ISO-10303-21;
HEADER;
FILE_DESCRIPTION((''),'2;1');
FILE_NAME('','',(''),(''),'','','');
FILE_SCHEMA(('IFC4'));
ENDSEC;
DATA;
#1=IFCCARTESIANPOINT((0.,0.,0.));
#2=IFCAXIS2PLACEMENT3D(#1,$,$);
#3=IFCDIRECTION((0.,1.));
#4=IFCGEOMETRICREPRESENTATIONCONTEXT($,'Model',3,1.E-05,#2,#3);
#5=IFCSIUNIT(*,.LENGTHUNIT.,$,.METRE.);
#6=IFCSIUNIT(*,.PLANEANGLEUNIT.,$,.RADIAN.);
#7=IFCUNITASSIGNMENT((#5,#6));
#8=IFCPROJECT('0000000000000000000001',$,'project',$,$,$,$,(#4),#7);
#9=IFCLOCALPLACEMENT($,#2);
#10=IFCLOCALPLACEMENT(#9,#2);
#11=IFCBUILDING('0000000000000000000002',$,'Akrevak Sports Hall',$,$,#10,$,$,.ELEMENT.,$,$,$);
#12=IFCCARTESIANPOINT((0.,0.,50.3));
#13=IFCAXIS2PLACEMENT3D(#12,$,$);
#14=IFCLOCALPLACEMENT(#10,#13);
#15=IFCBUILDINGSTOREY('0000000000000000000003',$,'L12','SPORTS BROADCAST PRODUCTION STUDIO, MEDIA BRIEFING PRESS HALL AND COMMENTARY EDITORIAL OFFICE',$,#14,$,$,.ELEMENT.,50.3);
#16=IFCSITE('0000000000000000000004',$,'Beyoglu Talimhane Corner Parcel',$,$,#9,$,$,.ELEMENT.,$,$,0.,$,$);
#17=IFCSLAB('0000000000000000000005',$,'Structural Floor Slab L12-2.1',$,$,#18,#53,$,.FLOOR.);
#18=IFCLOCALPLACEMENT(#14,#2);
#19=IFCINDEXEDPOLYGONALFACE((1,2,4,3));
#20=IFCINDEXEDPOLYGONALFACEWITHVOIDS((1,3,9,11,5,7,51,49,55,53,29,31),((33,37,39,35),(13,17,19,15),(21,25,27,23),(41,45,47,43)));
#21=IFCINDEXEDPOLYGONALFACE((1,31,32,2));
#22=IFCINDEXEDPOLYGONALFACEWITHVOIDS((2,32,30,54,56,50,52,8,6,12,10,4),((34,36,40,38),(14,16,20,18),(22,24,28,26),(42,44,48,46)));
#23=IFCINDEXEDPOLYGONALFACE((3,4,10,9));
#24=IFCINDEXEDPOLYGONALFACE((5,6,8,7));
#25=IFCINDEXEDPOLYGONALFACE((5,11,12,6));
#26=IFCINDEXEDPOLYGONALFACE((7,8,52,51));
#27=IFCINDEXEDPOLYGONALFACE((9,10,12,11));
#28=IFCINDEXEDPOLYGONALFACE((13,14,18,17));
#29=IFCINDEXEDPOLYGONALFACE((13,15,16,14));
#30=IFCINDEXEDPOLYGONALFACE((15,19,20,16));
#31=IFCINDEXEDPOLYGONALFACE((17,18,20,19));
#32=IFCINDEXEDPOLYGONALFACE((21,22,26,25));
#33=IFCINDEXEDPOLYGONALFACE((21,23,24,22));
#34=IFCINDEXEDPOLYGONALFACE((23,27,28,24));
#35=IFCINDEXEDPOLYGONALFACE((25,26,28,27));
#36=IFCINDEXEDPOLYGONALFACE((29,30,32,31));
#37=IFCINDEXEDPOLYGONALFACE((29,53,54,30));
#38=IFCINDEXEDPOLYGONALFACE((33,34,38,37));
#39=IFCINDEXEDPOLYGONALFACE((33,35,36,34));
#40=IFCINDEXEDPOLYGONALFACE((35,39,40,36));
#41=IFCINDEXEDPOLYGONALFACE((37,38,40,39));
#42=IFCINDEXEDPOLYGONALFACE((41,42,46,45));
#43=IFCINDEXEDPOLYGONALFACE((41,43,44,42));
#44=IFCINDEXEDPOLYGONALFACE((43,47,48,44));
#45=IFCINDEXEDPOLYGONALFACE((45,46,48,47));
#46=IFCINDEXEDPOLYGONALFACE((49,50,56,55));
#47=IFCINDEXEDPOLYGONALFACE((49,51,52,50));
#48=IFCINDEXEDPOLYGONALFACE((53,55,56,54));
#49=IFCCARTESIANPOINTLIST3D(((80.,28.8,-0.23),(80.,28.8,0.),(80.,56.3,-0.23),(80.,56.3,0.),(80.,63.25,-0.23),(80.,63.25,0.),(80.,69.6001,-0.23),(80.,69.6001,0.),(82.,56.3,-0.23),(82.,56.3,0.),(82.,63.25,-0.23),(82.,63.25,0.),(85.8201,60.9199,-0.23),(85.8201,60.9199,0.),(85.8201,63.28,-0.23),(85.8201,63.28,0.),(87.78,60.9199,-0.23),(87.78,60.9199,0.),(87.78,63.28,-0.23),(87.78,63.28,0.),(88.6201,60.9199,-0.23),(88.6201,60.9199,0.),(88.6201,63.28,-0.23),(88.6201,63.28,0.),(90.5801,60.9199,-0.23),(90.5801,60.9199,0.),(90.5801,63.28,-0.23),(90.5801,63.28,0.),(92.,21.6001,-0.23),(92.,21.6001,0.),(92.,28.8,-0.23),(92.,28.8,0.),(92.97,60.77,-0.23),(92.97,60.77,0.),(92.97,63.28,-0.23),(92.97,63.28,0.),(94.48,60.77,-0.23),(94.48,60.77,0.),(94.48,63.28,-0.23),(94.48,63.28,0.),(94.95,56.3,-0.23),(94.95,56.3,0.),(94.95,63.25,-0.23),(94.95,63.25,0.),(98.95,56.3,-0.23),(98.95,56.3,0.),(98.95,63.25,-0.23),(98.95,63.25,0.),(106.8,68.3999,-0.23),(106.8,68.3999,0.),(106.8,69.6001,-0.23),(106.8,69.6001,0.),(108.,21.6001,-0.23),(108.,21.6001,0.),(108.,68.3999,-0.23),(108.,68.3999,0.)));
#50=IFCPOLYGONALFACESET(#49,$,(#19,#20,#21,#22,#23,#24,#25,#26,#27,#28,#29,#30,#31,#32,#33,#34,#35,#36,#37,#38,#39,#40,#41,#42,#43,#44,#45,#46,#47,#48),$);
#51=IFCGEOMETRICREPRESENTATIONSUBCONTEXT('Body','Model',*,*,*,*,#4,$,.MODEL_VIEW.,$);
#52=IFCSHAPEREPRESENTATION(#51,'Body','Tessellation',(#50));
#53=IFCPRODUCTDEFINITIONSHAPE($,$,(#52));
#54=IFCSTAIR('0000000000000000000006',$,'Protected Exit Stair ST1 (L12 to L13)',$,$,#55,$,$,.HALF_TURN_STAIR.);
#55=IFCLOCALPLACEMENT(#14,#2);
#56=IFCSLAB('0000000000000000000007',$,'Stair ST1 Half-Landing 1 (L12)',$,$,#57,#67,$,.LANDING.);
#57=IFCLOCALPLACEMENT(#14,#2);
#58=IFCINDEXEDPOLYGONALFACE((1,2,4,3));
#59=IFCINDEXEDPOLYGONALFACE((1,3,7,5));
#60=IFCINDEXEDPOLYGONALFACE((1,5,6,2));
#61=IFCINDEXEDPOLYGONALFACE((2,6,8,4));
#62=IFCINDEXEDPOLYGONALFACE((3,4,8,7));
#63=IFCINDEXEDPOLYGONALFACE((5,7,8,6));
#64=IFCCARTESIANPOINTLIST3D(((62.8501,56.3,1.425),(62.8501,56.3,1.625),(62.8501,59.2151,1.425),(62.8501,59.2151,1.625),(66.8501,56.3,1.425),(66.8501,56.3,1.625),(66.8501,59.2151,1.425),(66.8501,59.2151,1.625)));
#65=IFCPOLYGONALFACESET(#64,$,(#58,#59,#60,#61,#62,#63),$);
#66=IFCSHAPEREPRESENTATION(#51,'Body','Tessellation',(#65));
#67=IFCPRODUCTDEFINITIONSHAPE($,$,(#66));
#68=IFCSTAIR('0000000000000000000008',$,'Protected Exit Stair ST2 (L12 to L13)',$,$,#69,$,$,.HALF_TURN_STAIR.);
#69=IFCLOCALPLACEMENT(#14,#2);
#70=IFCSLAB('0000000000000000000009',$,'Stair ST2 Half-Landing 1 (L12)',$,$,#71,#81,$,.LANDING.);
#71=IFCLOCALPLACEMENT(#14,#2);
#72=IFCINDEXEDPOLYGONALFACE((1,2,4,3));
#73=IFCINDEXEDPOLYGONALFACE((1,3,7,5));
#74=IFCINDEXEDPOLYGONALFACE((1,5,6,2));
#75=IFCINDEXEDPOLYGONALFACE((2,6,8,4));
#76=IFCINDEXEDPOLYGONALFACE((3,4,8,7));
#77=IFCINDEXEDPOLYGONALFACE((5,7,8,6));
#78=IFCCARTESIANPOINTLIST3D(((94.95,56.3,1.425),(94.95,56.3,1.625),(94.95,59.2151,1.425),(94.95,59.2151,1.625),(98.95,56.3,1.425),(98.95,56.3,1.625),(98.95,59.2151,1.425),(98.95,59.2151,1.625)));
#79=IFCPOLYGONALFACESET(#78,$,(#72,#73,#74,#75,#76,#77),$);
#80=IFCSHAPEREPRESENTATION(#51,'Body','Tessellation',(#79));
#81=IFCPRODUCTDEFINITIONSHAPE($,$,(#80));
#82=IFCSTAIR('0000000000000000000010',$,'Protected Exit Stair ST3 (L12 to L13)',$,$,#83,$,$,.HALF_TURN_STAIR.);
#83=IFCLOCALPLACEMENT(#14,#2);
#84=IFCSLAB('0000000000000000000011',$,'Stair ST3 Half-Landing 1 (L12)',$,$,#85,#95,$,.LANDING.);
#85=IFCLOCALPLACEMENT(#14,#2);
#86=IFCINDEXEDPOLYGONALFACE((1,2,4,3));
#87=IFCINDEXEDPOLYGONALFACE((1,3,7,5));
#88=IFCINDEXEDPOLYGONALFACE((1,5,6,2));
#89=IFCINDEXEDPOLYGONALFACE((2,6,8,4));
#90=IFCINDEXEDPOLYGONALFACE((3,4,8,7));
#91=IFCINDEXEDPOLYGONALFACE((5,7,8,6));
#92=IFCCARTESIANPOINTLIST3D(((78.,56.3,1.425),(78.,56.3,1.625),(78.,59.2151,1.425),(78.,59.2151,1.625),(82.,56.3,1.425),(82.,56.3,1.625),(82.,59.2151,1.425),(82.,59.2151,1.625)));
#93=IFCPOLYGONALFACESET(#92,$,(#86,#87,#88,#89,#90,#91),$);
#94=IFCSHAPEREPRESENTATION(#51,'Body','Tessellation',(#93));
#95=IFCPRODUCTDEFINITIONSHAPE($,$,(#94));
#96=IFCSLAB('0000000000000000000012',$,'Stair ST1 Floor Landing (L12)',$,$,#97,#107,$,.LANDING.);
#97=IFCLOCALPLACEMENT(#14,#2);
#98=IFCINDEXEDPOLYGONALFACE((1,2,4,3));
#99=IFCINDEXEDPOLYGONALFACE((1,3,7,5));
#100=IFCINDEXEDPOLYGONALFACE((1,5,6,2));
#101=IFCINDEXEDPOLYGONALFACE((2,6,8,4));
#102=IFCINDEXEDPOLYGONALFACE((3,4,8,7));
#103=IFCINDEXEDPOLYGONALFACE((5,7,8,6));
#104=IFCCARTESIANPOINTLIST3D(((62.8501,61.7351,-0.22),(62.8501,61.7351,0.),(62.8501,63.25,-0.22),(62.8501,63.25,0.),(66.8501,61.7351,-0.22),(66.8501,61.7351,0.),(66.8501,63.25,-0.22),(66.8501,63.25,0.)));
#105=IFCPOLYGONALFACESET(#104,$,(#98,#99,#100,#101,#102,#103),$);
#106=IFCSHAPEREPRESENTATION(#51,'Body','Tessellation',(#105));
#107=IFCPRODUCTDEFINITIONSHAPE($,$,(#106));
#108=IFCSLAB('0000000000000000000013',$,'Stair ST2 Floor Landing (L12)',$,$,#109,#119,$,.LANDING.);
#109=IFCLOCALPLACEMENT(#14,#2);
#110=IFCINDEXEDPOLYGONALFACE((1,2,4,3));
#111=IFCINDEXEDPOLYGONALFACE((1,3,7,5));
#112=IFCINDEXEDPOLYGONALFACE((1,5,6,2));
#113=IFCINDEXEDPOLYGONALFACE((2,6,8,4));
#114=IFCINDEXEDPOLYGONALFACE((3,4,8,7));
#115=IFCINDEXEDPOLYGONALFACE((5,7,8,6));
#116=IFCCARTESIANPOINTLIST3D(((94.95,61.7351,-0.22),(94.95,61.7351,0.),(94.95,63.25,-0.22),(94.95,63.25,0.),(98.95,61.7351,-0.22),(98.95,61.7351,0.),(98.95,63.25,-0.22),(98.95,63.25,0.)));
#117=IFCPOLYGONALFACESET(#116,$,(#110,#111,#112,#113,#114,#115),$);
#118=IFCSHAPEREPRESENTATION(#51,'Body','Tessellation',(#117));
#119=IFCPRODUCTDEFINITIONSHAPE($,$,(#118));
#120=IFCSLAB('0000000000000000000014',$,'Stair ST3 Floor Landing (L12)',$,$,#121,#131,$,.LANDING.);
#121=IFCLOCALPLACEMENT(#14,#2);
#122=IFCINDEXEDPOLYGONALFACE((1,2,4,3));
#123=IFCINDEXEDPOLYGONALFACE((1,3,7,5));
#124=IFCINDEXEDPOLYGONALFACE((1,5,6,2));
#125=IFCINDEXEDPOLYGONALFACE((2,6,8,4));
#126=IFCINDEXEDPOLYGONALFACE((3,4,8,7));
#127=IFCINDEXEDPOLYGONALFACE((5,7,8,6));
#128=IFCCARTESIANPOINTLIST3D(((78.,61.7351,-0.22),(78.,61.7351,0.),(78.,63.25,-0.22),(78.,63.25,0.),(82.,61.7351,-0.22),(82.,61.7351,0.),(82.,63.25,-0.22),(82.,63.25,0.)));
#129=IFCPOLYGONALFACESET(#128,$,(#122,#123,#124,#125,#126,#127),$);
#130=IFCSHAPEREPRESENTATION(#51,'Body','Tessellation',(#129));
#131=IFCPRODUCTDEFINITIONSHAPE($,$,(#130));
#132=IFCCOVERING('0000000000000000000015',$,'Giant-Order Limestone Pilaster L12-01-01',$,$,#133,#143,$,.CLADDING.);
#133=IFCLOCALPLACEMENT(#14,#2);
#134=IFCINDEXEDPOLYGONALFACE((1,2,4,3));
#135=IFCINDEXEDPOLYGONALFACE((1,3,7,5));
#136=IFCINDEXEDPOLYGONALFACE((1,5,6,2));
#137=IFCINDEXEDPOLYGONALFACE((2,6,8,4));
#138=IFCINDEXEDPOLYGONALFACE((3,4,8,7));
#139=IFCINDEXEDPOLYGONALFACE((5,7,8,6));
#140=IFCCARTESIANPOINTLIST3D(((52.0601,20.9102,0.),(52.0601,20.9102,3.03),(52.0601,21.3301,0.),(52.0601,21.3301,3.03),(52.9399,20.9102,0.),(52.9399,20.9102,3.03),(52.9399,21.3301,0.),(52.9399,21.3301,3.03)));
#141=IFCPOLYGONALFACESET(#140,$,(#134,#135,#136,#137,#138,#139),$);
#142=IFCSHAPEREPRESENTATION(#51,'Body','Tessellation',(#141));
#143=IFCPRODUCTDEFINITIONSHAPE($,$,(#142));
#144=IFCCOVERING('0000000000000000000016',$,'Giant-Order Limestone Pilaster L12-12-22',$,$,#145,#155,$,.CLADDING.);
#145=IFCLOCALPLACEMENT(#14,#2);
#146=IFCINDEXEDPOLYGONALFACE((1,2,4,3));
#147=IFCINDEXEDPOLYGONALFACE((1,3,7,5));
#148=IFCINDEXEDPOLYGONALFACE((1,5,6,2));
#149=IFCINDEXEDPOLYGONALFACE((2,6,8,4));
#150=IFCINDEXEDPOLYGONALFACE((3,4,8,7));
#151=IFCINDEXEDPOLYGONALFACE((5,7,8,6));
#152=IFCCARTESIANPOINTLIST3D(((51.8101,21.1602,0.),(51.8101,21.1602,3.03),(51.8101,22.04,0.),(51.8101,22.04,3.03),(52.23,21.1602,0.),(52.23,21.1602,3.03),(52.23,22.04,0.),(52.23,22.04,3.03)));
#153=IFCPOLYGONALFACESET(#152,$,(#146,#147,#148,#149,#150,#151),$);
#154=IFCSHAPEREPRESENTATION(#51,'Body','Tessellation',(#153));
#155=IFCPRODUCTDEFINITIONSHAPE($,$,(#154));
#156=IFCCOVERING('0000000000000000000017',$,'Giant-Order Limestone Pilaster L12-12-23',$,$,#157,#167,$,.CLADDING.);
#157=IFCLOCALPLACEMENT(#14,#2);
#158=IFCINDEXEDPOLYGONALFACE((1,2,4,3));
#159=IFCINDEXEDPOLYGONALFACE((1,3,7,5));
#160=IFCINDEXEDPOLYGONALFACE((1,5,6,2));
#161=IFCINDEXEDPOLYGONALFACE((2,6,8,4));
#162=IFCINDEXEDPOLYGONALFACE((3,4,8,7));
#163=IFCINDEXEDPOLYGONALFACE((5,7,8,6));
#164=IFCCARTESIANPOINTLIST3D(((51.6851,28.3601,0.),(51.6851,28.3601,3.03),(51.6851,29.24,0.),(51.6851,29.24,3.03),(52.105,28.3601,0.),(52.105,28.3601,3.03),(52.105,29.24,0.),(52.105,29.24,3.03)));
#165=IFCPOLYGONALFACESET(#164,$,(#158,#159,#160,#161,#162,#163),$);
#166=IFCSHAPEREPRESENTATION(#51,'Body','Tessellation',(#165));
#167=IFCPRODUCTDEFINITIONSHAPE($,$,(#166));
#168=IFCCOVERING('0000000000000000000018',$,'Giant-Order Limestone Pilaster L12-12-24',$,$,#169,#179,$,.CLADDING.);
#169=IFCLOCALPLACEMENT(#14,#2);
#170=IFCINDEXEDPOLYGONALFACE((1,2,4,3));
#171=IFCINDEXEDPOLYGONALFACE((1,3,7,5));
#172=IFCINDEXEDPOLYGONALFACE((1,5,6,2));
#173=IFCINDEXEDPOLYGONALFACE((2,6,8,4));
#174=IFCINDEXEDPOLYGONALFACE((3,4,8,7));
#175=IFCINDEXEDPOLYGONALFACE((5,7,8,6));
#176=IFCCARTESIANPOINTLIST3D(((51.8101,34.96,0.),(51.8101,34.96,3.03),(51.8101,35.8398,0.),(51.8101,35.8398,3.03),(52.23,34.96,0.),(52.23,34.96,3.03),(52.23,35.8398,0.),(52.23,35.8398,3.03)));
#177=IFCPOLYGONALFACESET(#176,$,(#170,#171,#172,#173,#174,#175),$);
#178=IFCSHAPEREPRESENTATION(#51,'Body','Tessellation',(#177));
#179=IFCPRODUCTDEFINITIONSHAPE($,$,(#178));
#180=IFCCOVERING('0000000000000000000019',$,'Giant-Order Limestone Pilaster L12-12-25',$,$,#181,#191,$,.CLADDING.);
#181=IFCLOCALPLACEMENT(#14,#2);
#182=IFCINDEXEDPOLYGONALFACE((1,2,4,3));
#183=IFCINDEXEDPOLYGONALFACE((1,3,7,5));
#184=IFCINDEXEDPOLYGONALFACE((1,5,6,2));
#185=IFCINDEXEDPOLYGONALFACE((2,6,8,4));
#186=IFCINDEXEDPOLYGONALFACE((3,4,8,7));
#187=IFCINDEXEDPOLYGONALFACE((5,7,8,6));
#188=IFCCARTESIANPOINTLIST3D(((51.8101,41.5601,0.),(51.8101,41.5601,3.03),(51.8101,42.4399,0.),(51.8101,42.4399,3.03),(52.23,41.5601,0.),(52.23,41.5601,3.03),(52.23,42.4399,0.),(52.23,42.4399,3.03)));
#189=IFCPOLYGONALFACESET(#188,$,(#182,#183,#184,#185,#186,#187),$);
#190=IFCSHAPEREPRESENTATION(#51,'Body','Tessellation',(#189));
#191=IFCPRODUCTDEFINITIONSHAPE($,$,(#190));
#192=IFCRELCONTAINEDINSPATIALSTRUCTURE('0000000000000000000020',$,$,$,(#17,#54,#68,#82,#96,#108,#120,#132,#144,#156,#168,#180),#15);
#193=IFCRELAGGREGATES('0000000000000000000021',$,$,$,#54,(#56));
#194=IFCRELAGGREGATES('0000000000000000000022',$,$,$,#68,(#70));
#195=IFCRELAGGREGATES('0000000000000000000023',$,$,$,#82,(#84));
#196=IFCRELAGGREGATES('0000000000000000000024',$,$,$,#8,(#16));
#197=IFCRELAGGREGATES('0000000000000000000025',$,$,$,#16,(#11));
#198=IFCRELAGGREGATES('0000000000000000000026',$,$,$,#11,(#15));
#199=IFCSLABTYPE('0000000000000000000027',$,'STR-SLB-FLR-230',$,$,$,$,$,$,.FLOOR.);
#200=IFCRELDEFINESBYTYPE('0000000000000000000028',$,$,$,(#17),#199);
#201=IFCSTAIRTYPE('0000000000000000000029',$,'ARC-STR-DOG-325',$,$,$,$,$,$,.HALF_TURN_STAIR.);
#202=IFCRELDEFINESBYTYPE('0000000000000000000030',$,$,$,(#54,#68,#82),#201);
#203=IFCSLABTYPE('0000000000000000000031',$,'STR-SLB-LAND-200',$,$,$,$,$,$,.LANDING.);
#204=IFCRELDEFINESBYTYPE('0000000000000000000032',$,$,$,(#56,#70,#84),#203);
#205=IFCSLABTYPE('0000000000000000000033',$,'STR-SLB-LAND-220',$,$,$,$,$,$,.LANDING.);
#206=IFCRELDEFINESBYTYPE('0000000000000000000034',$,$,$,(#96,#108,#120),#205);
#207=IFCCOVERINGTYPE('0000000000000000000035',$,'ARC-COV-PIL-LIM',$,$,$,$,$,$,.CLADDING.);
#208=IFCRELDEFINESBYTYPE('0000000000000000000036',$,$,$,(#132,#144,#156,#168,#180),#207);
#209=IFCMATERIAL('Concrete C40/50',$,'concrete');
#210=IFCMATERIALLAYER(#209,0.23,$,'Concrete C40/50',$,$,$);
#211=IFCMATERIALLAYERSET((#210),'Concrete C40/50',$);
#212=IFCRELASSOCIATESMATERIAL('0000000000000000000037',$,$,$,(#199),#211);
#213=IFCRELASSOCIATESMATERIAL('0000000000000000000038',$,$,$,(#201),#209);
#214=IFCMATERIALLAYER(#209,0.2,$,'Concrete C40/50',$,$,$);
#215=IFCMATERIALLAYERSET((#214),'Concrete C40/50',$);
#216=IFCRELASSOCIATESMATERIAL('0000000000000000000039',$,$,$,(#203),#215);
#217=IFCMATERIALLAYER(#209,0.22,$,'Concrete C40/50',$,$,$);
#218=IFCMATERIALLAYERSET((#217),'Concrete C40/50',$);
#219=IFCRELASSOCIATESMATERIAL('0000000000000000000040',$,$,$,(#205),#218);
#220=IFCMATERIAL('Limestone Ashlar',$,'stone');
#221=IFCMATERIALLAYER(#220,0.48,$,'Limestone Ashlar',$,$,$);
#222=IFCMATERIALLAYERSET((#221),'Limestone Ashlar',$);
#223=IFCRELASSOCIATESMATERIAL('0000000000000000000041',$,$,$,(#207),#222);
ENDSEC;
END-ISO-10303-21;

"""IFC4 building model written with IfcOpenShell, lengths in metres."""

from ifc_helpers import new_model, si_unit, direction, frame, origin, origin_2d, place, context, subcontext, project, spatial, polyline, rectangle, outline, extrude, material, layer, layer_set, type_object, element, aggregate, save


model = new_model("IFC4")

# Units and contexts
model_context = context("Model", 3, precision=1e-05, world=origin(), true_north=direction((0.0, 1.0)))
body_context = subcontext(model_context, "Body", "Model", "MODEL_VIEW")
ifc_project = project(units=[si_unit("LENGTHUNIT", "METRE"), si_unit("PLANEANGLEUNIT", "RADIAN")], contexts=[model_context])

# Site, building, storey
site_placement = place(None, origin())
site = spatial("IfcSite", under=ifc_project, at=site_placement, Name="Beyoglu Talimhane Corner Parcel", CompositionType="ELEMENT", RefElevation=0.0)
building_placement = place(site_placement, origin())
building = spatial("IfcBuilding", under=site, at=building_placement, Name="Akrevak Sports Hall", CompositionType="ELEMENT")
storey_placement = place(building_placement, frame((0.0, 0.0, 50.3)))
storey = spatial("IfcBuildingStorey", under=building, at=storey_placement, Name="L12", Description="SPORTS BROADCAST PRODUCTION STUDIO, MEDIA BRIEFING PRESS HALL AND COMMENTARY EDITORIAL OFFICE", CompositionType="ELEMENT", Elevation=50.3)

# Shared definitions
ifc_material_1 = material(Name="Concrete C40/50", Category="concrete")

# Slab
ifc_layer_1 = layer(ifc_material_1, 0.23, Name="Concrete C40/50")
ifc_layer_set_1 = layer_set([ifc_layer_1], Name="Concrete C40/50")
slab_type_1 = type_object("IfcSlabType", Name="STR-SLB-FLR-230", PredefinedType="FLOOR", material=ifc_layer_set_1)
slab_1_placement = place(storey_placement, frame((0.0, 0.0, -0.23)))
element("IfcSlab", 1, at=slab_1_placement, inside=storey, type_object=slab_type_1, Name="Structural Floor Slab L12-2.1", PredefinedType="FLOOR", context=body_context, shape_type="SweptSolid", body=[
    extrude(outline(polyline([(80.0, 69.6001), (80.0, 63.25), (82.0, 63.25), (82.0, 56.3), (80.0, 56.3), (80.0, 28.8), (92.0, 28.8), (92.0, 21.6001), (108.0, 21.6001), (108.0, 68.3999), (106.8, 68.3999), (106.8, 69.6001), (80.0, 69.6001)]), holes=[polyline([(94.95, 63.25), (98.95, 63.25), (98.95, 56.3), (94.95, 56.3), (94.95, 63.25)]), polyline([(92.97, 63.28), (94.48, 63.28), (94.48, 60.77), (92.97, 60.77), (92.97, 63.28)]), polyline([(87.78, 63.28), (87.78, 60.9199), (85.8201, 60.9199), (85.8201, 63.28), (87.78, 63.28)]), polyline([(90.5801, 63.28), (90.5801, 60.9199), (88.6201, 60.9199), (88.6201, 63.28), (90.5801, 63.28)])]), origin(), (0.0, 0.0, 1.0), 0.23),
])

# Stairs, slabs
stair_type = type_object("IfcStairType", Name="ARC-STR-DOG-325", PredefinedType="HALF_TURN_STAIR", material=ifc_material_1)
stair_1_placement = place(storey_placement, origin())
stair_1 = element("IfcStair", 2, at=stair_1_placement, inside=storey, type_object=stair_type, Name="Protected Exit Stair ST1 (L12 to L13)", PredefinedType="HALF_TURN_STAIR")
ifc_layer_2 = layer(ifc_material_1, 0.2, Name="Concrete C40/50")
ifc_layer_set_2 = layer_set([ifc_layer_2], Name="Concrete C40/50")
slab_type_2 = type_object("IfcSlabType", Name="STR-SLB-LAND-200", PredefinedType="LANDING", material=ifc_layer_set_2)
slab_2_placement = place(storey_placement, frame((0.0, 0.0, 1.425)))
slab_2 = element("IfcSlab", 3, at=slab_2_placement, type_object=slab_type_2, Name="Stair ST1 Half-Landing 1 (L12)", PredefinedType="LANDING", context=body_context, shape_type="SweptSolid", body=[
    extrude(outline(polyline([(62.8501, 56.3), (66.8501, 56.3), (66.8501, 59.2151), (62.8501, 59.2151), (62.8501, 56.3)])), origin(), (0.0, 0.0, 1.0), 0.2),
])
aggregate(stair_1, [slab_2])
stair_2_placement = place(storey_placement, origin())
stair_2 = element("IfcStair", 4, at=stair_2_placement, inside=storey, type_object=stair_type, Name="Protected Exit Stair ST2 (L12 to L13)", PredefinedType="HALF_TURN_STAIR")
slab_3_placement = place(storey_placement, frame((0.0, 0.0, 1.425)))
slab_3 = element("IfcSlab", 5, at=slab_3_placement, type_object=slab_type_2, Name="Stair ST2 Half-Landing 1 (L12)", PredefinedType="LANDING", context=body_context, shape_type="SweptSolid", body=[
    extrude(outline(polyline([(94.95, 56.3), (98.95, 56.3), (98.95, 59.2151), (94.95, 59.2151), (94.95, 56.3)])), origin(), (0.0, 0.0, 1.0), 0.2),
])
aggregate(stair_2, [slab_3])
stair_3_placement = place(storey_placement, origin())
stair_3 = element("IfcStair", 6, at=stair_3_placement, inside=storey, type_object=stair_type, Name="Protected Exit Stair ST3 (L12 to L13)", PredefinedType="HALF_TURN_STAIR")
slab_4_placement = place(storey_placement, frame((0.0, 0.0, 1.425)))
slab_4 = element("IfcSlab", 7, at=slab_4_placement, type_object=slab_type_2, Name="Stair ST3 Half-Landing 1 (L12)", PredefinedType="LANDING", context=body_context, shape_type="SweptSolid", body=[
    extrude(outline(polyline([(78.0, 56.3), (82.0, 56.3), (82.0, 59.2151), (78.0, 59.2151), (78.0, 56.3)])), origin(), (0.0, 0.0, 1.0), 0.2),
])
aggregate(stair_3, [slab_4])

# Slabs
ifc_layer_3 = layer(ifc_material_1, 0.22, Name="Concrete C40/50")
ifc_layer_set_3 = layer_set([ifc_layer_3], Name="Concrete C40/50")
slab_type_3 = type_object("IfcSlabType", Name="STR-SLB-LAND-220", PredefinedType="LANDING", material=ifc_layer_set_3)
slab_5_placement = place(storey_placement, frame((0.0, 0.0, -0.22)))
element("IfcSlab", 8, at=slab_5_placement, inside=storey, type_object=slab_type_3, Name="Stair ST1 Floor Landing (L12)", PredefinedType="LANDING", context=body_context, shape_type="SweptSolid", body=[
    extrude(outline(polyline([(62.8501, 61.7351), (66.8501, 61.7351), (66.8501, 63.25), (62.8501, 63.25), (62.8501, 61.7351)])), origin(), (0.0, 0.0, 1.0), 0.22),
])
slab_6_placement = place(storey_placement, frame((0.0, 0.0, -0.22)))
element("IfcSlab", 9, at=slab_6_placement, inside=storey, type_object=slab_type_3, Name="Stair ST2 Floor Landing (L12)", PredefinedType="LANDING", context=body_context, shape_type="SweptSolid", body=[
    extrude(outline(polyline([(94.95, 61.7351), (98.95, 61.7351), (98.95, 63.25), (94.95, 63.25), (94.95, 61.7351)])), origin(), (0.0, 0.0, 1.0), 0.22),
])
slab_7_placement = place(storey_placement, frame((0.0, 0.0, -0.22)))
element("IfcSlab", 10, at=slab_7_placement, inside=storey, type_object=slab_type_3, Name="Stair ST3 Floor Landing (L12)", PredefinedType="LANDING", context=body_context, shape_type="SweptSolid", body=[
    extrude(outline(polyline([(78.0, 61.7351), (82.0, 61.7351), (82.0, 63.25), (78.0, 63.25), (78.0, 61.7351)])), origin(), (0.0, 0.0, 1.0), 0.22),
])

# Coverings
ifc_material_2 = material(Name="Limestone Ashlar", Category="stone")
ifc_layer_4 = layer(ifc_material_2, 0.48, Name="Limestone Ashlar")
ifc_layer_set_4 = layer_set([ifc_layer_4], Name="Limestone Ashlar")
covering_type = type_object("IfcCoveringType", Name="ARC-COV-PIL-LIM", PredefinedType="CLADDING", material=ifc_layer_set_4)
for number, where, z_axis, x_axis, name in (
    (11, (52.5, 21.1201, 0.0), (0.0, 0.0, 1.0), (1.0, 0.0, 0.0), "Giant-Order Limestone Pilaster L12-01-01"),
    (12, (52.02, 21.6001, 0.0), (0.0, 0.0, 1.0), (0.0, -1.0, 0.0), "Giant-Order Limestone Pilaster L12-12-22"),
    (13, (51.895, 28.8, 0.0), (0.0, 0.0, 1.0), (0.0, -1.0, 0.0), "Giant-Order Limestone Pilaster L12-12-23"),
    (14, (52.02, 35.3999, 0.0), (0.0, 0.0, 1.0), (0.0, -1.0, 0.0), "Giant-Order Limestone Pilaster L12-12-24"),
    (15, (52.02, 42.0, 0.0), (0.0, 0.0, 1.0), (0.0, -1.0, 0.0), "Giant-Order Limestone Pilaster L12-12-25"),
):
    element("IfcCovering", number, at=place(storey_placement, frame(where, z_axis=z_axis, x_axis=x_axis)), inside=storey, type_object=covering_type, Name=name, PredefinedType="CLADDING", context=body_context, shape_type="SweptSolid", body=[
        extrude(rectangle(XDim=0.8799, YDim=0.4199, at=origin_2d()), origin(), (0.0, 0.0, 1.0), 3.03),
    ])

save(model, "model.ifc")
